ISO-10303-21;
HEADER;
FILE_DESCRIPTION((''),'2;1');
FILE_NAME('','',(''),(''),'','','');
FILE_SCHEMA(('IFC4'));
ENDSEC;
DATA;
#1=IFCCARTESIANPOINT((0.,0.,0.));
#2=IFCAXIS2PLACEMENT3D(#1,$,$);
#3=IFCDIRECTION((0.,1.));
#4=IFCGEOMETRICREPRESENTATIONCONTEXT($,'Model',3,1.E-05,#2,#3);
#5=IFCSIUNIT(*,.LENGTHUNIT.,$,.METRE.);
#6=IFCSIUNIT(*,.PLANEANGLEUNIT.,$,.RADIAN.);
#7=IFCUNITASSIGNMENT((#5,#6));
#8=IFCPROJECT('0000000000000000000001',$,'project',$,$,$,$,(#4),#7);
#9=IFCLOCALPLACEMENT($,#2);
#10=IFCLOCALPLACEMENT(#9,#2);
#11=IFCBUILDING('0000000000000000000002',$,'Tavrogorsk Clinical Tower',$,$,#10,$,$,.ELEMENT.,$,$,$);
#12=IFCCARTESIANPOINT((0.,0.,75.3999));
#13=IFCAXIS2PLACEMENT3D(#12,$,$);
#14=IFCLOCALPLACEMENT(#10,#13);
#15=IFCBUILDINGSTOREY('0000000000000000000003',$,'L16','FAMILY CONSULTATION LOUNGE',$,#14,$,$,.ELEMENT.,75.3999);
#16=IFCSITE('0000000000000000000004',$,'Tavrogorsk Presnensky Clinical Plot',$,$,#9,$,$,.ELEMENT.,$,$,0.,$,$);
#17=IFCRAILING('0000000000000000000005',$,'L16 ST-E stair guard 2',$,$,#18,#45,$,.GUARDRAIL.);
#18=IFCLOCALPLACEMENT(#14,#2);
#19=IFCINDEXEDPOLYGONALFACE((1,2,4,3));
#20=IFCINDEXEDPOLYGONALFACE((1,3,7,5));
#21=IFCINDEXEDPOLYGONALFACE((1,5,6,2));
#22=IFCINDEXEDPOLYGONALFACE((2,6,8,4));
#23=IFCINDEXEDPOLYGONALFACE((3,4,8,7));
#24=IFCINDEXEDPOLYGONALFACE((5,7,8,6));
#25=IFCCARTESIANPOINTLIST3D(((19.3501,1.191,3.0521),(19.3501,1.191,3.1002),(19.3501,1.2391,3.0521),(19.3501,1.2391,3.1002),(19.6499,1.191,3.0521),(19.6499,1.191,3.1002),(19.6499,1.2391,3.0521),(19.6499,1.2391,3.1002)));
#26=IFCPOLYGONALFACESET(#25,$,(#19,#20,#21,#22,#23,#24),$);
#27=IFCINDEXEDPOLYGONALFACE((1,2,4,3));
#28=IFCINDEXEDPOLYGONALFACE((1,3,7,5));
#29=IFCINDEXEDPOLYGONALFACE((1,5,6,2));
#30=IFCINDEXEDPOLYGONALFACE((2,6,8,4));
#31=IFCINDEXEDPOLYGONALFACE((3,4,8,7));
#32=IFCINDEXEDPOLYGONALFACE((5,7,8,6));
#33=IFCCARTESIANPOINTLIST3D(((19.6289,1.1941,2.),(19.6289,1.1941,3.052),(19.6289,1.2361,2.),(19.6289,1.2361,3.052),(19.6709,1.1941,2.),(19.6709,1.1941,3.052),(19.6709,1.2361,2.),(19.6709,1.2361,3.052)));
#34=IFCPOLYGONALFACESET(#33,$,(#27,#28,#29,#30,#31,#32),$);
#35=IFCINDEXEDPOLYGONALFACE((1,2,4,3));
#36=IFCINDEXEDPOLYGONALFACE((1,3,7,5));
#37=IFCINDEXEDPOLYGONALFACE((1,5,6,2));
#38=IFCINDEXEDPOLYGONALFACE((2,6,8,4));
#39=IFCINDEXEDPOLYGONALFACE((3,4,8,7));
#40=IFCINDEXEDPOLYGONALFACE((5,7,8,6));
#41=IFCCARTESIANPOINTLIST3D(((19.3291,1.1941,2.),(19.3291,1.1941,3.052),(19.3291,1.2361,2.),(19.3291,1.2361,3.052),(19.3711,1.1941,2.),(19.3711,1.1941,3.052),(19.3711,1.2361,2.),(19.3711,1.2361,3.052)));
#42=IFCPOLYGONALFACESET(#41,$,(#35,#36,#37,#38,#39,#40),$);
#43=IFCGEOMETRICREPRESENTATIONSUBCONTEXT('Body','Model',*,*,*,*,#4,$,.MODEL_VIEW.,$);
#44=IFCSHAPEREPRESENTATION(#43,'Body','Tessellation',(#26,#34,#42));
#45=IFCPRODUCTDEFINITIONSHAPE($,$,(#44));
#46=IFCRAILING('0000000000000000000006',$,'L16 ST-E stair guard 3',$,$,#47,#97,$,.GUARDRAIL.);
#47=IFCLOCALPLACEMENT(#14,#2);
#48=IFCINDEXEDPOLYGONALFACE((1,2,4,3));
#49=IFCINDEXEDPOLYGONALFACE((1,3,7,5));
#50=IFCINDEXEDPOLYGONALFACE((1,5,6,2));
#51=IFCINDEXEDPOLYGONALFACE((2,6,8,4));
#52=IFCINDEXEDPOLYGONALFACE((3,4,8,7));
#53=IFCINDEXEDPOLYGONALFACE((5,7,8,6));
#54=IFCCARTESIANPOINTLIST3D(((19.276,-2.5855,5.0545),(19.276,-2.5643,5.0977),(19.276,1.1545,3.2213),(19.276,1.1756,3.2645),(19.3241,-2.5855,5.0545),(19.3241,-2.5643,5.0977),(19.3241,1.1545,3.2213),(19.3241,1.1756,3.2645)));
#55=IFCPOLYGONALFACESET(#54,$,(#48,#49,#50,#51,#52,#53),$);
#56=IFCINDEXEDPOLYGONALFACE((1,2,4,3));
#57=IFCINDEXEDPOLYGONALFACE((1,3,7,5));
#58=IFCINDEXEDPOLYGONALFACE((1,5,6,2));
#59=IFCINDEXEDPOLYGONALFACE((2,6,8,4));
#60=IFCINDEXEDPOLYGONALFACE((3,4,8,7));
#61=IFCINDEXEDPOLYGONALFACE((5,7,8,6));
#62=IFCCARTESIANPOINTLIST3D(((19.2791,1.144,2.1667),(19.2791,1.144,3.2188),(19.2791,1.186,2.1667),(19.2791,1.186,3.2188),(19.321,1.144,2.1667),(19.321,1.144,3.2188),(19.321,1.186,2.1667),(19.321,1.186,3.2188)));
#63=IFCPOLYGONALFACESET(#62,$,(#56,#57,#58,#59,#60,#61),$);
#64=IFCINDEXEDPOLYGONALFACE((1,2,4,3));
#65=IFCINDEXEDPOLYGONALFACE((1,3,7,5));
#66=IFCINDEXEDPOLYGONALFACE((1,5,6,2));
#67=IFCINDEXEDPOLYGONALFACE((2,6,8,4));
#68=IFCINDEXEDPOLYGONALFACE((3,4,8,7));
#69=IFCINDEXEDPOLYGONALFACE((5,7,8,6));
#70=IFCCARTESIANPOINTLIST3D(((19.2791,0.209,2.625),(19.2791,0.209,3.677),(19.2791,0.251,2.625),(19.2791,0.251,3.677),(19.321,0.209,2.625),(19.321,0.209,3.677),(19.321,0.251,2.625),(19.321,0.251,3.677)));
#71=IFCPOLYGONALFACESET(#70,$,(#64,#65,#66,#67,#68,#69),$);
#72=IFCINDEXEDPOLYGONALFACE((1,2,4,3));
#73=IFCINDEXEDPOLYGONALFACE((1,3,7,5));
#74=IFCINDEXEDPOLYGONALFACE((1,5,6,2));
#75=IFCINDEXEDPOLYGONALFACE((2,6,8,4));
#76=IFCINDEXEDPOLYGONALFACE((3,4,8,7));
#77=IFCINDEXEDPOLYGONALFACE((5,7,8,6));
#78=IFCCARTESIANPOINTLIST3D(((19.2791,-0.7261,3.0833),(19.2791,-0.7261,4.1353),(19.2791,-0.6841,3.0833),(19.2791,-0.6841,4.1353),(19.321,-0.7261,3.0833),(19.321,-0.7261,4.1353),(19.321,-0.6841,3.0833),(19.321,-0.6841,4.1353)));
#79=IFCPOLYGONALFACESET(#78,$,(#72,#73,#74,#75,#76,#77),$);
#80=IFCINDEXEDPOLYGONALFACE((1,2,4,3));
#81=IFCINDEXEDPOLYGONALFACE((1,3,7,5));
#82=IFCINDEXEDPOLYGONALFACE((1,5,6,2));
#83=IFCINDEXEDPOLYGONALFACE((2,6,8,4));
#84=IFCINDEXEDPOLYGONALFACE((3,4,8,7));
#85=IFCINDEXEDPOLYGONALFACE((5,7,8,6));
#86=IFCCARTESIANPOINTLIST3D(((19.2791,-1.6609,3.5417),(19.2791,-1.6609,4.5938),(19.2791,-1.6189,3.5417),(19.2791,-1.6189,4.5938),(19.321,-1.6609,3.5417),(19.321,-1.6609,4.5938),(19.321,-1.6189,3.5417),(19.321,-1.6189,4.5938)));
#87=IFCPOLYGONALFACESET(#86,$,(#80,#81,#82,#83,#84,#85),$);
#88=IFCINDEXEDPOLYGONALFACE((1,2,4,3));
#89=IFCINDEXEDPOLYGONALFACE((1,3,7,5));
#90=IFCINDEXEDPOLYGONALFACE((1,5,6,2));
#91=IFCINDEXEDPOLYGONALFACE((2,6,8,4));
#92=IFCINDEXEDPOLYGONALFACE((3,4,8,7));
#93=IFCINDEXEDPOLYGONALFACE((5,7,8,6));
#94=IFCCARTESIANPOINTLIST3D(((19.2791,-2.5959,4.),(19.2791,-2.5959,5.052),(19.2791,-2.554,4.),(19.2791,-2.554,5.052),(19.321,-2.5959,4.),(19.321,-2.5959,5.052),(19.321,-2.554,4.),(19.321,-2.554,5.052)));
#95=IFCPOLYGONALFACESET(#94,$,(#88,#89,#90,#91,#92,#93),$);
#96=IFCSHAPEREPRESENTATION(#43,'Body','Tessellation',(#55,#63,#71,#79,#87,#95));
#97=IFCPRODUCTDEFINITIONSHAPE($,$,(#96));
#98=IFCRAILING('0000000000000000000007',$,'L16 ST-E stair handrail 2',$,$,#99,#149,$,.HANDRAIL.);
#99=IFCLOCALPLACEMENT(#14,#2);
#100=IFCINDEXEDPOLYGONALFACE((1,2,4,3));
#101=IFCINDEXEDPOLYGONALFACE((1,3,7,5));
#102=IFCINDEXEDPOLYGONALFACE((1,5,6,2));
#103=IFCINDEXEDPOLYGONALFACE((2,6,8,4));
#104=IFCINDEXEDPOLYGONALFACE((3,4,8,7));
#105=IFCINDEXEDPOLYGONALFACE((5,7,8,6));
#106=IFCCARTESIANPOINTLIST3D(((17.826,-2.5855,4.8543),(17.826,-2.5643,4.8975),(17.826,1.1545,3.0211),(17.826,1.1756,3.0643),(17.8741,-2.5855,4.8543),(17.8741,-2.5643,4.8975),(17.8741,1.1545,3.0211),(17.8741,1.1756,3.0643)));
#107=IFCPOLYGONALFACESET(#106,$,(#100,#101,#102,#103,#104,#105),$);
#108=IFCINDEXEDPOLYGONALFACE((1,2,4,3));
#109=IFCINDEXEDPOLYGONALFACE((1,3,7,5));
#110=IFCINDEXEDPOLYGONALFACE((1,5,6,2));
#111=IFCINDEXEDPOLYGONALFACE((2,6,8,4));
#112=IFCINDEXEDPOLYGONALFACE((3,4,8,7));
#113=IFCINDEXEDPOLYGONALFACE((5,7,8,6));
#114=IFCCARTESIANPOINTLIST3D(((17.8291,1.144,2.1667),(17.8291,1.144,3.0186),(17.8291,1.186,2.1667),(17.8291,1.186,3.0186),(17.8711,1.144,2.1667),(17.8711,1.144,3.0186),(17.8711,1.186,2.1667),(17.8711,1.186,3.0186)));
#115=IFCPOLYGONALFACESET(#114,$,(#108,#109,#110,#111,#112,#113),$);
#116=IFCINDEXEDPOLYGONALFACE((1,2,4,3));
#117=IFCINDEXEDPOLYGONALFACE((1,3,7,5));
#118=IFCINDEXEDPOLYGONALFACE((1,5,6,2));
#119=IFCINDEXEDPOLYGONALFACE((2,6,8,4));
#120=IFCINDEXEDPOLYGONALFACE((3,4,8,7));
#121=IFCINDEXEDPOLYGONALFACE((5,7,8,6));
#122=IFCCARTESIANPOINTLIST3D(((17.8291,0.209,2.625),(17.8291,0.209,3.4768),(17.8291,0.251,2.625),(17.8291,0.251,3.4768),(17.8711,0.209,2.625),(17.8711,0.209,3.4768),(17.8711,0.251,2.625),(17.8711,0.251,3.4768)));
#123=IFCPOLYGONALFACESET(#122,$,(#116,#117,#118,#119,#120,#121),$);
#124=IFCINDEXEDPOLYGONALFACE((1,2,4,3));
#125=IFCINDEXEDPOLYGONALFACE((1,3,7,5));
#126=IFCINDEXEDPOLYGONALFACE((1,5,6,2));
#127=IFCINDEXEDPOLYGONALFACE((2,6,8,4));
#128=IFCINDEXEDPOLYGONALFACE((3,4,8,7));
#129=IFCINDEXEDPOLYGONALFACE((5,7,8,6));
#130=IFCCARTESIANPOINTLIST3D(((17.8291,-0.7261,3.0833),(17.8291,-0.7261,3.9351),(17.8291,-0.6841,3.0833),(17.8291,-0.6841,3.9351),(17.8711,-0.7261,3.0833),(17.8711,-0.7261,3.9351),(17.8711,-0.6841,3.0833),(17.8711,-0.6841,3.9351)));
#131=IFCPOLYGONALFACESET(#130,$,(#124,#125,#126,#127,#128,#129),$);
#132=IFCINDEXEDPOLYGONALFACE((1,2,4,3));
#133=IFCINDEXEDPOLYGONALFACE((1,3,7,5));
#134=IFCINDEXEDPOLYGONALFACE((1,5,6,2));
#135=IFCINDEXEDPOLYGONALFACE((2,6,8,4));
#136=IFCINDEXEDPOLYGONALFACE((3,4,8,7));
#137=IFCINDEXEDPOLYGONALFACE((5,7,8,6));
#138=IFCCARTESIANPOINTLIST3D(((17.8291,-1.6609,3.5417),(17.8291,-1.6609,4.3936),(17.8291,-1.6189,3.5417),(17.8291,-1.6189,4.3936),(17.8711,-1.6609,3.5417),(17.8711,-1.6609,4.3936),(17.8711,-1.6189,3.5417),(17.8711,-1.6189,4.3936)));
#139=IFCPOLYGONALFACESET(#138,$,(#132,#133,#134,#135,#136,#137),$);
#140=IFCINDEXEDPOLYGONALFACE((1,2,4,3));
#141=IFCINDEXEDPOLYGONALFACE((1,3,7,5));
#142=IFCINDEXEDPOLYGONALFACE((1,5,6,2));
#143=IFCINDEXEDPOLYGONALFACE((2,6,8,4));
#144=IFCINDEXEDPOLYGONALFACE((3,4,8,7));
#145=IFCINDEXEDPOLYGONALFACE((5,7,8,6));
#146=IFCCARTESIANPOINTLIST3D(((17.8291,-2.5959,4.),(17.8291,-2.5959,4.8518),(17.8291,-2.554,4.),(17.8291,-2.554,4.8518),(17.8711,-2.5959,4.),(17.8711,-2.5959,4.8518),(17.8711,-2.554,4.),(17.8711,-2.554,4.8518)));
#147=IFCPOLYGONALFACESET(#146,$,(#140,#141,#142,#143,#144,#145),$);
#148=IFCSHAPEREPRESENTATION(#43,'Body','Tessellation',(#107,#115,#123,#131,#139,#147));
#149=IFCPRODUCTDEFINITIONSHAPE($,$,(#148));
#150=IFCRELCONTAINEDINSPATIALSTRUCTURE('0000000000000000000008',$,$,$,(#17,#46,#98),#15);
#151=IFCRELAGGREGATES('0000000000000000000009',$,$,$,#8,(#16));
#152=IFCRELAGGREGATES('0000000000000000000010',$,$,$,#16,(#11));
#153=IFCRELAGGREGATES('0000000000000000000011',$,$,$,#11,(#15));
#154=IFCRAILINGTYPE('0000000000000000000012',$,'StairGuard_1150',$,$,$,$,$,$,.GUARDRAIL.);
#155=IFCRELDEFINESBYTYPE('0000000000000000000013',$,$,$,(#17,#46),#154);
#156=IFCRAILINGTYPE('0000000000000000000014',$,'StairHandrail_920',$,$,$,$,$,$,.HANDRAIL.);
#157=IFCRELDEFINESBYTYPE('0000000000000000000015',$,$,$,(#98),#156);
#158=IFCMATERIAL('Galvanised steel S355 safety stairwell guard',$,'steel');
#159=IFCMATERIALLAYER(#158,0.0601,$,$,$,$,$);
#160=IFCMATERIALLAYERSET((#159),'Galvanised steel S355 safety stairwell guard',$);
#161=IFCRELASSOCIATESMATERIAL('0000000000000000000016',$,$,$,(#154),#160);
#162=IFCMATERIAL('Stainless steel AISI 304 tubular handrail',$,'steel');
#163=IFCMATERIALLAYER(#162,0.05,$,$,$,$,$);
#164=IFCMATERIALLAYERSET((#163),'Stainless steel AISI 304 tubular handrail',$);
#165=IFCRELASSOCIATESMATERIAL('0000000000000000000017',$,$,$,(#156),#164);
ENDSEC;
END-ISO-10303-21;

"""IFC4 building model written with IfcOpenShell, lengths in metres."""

from ifc_helpers import new_model, si_unit, direction, frame, origin, origin_2d, place, context, subcontext, project, spatial, rectangle, extrude, material, layer, layer_set, type_object, element, save


model = new_model("IFC4")

# Units and contexts
model_context = context("Model", 3, precision=1e-05, world=origin(), true_north=direction((0.0, 1.0)))
body_context = subcontext(model_context, "Body", "Model", "MODEL_VIEW")
ifc_project = project(units=[si_unit("LENGTHUNIT", "METRE"), si_unit("PLANEANGLEUNIT", "RADIAN")], contexts=[model_context])

# Site, building, storey
site_placement = place(None, origin())
site = spatial("IfcSite", under=ifc_project, at=site_placement, Name="Tavrogorsk Presnensky Clinical Plot", CompositionType="ELEMENT", RefElevation=0.0)
building_placement = place(site_placement, origin())
building = spatial("IfcBuilding", under=site, at=building_placement, Name="Tavrogorsk Clinical Tower", CompositionType="ELEMENT")
storey_placement = place(building_placement, frame((0.0, 0.0, 75.3999)))
storey = spatial("IfcBuildingStorey", under=building, at=storey_placement, Name="L16", Description="FAMILY CONSULTATION LOUNGE", CompositionType="ELEMENT", Elevation=75.3999)

# Railings
ifc_material_1 = material(Name="Galvanised steel S355 safety stairwell guard", Category="steel")
ifc_layer_1 = layer(ifc_material_1, 0.0601)
ifc_layer_set_1 = layer_set([ifc_layer_1], Name="Galvanised steel S355 safety stairwell guard")
railing_type_1 = type_object("IfcRailingType", Name="StairGuard_1150", PredefinedType="GUARDRAIL", material=ifc_layer_set_1)
railing_1_placement = place(storey_placement, frame((19.6499, 1.2151, 2.0)))
element("IfcRailing", 1, at=railing_1_placement, inside=storey, type_object=railing_type_1, Name="L16 ST-E stair guard 2", PredefinedType="GUARDRAIL", context=body_context, shape_type="SweptSolid", body=[
    extrude(rectangle(XDim=0.0481, YDim=0.0481, at=origin_2d()), frame((0.0, 0.0, 1.0762), z_axis=(-1.0, 0.0, 0.0), x_axis=(0.0, -1.0, 0.0)), (0.0, 0.0, 1.0), 0.2998),
    extrude(rectangle(XDim=0.042, YDim=0.042, at=origin_2d()), origin(), (0.0, 0.0, 1.0), 1.052),
    extrude(rectangle(XDim=0.042, YDim=0.042, at=origin_2d()), frame((-0.2998, 0.0, 0.0)), (0.0, 0.0, 1.0), 1.052),
])
railing_2_placement = place(storey_placement, frame((19.3, 1.165, 2.1667)))
element("IfcRailing", 2, at=railing_2_placement, inside=storey, type_object=railing_type_1, Name="L16 ST-E stair guard 3", PredefinedType="GUARDRAIL", context=body_context, shape_type="SweptSolid", body=[
    extrude(rectangle(XDim=0.0481, YDim=0.0481, at=origin_2d()), frame((0.0, 0.0, 1.0762), z_axis=(0.0, -0.897928, 0.440142), x_axis=(1.0, 0.0, 0.0)), (0.0, 0.0, 1.0), 4.165),
    extrude(rectangle(XDim=0.042, YDim=0.042, at=origin_2d()), origin(), (0.0, 0.0, 1.0), 1.052),
    extrude(rectangle(XDim=0.042, YDim=0.042, at=origin_2d()), frame((0.0, -0.9351, 0.4583)), (0.0, 0.0, 1.0), 1.052),
    extrude(rectangle(XDim=0.042, YDim=0.042, at=origin_2d()), frame((0.0, -1.8701, 0.9165)), (0.0, 0.0, 1.0), 1.052),
    extrude(rectangle(XDim=0.042, YDim=0.042, at=origin_2d()), frame((0.0, -2.8049, 1.375)), (0.0, 0.0, 1.0), 1.052),
    extrude(rectangle(XDim=0.042, YDim=0.042, at=origin_2d()), frame((0.0, -3.74, 1.8333)), (0.0, 0.0, 1.0), 1.052),
])
ifc_material_2 = material(Name="Stainless steel AISI 304 tubular handrail", Category="steel")
ifc_layer_2 = layer(ifc_material_2, 0.05)
ifc_layer_set_2 = layer_set([ifc_layer_2], Name="Stainless steel AISI 304 tubular handrail")
railing_type_2 = type_object("IfcRailingType", Name="StairHandrail_920", PredefinedType="HANDRAIL", material=ifc_layer_set_2)
railing_3_placement = place(storey_placement, frame((17.8501, 1.165, 2.1667)))
element("IfcRailing", 3, at=railing_3_placement, inside=storey, type_object=railing_type_2, Name="L16 ST-E stair handrail 2", PredefinedType="HANDRAIL", context=body_context, shape_type="SweptSolid", body=[
    extrude(rectangle(XDim=0.0481, YDim=0.0481, at=origin_2d()), frame((0.0, 0.0, 0.876), z_axis=(0.0, -0.897928, 0.440142), x_axis=(1.0, 0.0, 0.0)), (0.0, 0.0, 1.0), 4.165),
    extrude(rectangle(XDim=0.042, YDim=0.042, at=origin_2d()), origin(), (0.0, 0.0, 1.0), 0.8518),
    extrude(rectangle(XDim=0.042, YDim=0.042, at=origin_2d()), frame((0.0, -0.9351, 0.4583)), (0.0, 0.0, 1.0), 0.8518),
    extrude(rectangle(XDim=0.042, YDim=0.042, at=origin_2d()), frame((0.0, -1.8701, 0.9165)), (0.0, 0.0, 1.0), 0.8518),
    extrude(rectangle(XDim=0.042, YDim=0.042, at=origin_2d()), frame((0.0, -2.8049, 1.375)), (0.0, 0.0, 1.0), 0.8518),
    extrude(rectangle(XDim=0.042, YDim=0.042, at=origin_2d()), frame((0.0, -3.74, 1.8333)), (0.0, 0.0, 1.0), 0.8518),
])

save(model, "model.ifc")
